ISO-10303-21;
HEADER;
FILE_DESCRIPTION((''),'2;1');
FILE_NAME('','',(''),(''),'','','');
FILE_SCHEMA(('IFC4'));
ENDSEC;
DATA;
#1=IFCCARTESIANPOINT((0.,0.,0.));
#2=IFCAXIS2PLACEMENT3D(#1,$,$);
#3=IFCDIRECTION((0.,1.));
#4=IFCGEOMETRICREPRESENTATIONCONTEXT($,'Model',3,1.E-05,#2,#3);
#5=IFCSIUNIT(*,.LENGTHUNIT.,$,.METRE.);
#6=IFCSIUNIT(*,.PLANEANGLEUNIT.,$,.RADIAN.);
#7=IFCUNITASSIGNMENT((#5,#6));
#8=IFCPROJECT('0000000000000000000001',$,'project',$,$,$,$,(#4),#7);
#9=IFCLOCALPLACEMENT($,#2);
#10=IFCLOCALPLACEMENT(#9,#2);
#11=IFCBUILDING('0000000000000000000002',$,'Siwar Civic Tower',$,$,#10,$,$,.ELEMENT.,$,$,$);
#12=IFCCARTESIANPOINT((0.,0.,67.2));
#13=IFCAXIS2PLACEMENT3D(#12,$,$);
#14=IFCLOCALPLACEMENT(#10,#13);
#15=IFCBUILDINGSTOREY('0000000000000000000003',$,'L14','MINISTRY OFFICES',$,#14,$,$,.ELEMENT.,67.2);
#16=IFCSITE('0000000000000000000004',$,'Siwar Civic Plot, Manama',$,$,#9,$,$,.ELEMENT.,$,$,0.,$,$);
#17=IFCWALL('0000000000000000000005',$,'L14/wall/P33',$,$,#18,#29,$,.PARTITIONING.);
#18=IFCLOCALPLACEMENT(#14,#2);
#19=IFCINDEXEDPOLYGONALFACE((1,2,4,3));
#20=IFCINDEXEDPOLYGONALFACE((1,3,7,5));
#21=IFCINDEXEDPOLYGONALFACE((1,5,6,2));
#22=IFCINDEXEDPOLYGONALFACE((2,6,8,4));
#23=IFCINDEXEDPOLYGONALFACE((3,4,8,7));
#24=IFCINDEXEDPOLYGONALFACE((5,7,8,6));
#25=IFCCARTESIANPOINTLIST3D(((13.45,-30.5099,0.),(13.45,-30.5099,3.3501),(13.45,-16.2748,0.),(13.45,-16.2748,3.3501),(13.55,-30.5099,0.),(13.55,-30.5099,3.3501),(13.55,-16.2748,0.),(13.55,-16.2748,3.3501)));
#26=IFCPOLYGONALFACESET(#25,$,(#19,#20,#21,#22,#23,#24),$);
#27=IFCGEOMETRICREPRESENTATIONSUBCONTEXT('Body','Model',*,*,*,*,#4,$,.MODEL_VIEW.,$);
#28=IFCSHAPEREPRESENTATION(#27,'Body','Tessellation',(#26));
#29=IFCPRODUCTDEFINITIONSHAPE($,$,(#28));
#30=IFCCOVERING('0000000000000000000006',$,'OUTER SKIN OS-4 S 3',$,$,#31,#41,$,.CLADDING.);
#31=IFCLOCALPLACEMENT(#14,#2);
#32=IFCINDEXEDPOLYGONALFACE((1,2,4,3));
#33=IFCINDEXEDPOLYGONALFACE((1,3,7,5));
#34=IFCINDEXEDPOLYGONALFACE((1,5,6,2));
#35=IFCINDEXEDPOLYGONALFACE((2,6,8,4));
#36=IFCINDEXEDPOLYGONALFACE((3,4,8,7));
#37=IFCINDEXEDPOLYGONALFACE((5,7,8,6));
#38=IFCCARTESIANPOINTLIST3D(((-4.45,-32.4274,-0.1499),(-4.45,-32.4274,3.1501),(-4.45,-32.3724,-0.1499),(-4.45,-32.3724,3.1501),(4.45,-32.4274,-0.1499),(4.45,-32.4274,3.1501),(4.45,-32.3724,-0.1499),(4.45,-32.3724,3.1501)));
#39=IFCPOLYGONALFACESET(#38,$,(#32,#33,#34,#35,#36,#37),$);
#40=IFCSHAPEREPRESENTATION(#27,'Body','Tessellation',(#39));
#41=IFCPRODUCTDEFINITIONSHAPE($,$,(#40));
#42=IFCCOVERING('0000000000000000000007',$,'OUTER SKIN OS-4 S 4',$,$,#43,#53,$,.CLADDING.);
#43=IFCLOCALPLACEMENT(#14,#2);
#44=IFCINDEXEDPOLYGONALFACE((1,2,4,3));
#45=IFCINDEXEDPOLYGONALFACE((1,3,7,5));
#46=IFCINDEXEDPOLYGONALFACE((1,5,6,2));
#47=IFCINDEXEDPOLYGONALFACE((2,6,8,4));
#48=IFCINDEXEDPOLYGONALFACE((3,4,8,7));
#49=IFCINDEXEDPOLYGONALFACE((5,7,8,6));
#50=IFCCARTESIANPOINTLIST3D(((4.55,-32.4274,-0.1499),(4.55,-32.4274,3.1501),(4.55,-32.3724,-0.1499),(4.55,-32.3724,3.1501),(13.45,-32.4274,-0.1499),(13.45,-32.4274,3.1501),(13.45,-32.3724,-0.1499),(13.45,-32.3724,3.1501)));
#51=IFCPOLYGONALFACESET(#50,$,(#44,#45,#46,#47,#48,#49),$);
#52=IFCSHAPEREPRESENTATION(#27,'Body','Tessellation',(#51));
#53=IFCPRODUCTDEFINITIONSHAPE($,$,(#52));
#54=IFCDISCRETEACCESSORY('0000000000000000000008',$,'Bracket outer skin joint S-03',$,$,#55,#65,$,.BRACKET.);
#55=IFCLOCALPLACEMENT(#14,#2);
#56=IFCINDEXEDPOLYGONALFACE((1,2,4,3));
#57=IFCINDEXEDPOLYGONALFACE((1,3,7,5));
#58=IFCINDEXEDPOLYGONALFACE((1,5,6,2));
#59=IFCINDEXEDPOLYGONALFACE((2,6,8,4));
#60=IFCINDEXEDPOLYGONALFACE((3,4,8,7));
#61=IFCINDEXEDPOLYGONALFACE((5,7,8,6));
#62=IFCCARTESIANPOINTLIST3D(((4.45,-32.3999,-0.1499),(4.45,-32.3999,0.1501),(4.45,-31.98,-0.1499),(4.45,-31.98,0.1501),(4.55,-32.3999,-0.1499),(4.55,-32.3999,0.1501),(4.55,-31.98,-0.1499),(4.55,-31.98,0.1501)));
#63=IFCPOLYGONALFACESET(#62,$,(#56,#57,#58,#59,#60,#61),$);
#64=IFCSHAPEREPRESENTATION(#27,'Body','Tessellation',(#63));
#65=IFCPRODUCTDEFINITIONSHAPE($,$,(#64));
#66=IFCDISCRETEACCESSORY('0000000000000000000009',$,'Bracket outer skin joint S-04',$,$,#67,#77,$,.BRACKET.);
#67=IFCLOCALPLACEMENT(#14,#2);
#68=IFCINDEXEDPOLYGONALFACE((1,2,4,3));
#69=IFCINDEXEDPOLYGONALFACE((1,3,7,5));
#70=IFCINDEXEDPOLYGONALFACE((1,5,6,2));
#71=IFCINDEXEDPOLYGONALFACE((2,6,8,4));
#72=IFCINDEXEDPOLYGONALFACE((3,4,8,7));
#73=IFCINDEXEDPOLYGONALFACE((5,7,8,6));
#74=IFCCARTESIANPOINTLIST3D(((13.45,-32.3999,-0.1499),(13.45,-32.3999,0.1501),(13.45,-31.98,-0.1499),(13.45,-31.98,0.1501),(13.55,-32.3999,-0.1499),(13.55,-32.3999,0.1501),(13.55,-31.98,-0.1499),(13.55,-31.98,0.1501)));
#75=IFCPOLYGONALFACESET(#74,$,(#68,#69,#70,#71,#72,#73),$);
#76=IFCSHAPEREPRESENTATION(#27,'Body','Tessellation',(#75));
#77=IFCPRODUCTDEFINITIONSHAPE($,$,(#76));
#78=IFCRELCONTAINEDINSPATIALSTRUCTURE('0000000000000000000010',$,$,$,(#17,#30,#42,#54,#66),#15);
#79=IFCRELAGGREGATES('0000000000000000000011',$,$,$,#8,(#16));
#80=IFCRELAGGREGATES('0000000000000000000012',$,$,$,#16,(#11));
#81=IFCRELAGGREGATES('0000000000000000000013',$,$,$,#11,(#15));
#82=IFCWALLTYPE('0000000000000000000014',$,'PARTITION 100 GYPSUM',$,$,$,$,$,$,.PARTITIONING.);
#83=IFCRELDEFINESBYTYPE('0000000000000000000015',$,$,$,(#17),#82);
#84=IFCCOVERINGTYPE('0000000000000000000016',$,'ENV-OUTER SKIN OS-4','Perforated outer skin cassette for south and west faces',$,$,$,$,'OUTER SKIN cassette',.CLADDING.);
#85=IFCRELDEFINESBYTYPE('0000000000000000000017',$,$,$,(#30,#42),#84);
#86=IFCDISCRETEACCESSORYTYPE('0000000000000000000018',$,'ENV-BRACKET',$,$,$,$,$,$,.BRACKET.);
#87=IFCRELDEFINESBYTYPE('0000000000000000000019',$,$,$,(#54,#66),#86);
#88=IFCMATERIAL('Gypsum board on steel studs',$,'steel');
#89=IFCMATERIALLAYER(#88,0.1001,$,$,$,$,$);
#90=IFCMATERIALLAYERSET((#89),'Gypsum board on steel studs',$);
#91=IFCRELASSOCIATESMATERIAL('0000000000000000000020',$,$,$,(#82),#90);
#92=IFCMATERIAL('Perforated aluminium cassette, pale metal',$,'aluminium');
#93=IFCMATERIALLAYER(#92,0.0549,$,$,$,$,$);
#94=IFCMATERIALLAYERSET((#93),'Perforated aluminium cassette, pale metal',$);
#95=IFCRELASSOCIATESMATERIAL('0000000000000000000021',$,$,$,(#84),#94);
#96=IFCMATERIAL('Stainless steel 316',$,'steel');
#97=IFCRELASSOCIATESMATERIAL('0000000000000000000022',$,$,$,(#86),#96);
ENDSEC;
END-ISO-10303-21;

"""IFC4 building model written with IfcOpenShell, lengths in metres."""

from ifc_helpers import new_model, si_unit, direction, frame, frame_2d, origin, origin_2d, place, context, subcontext, project, spatial, rectangle, extrude, material, layer, layer_set, type_object, element, save


model = new_model("IFC4")

# Units and contexts
model_context = context("Model", 3, precision=1e-05, world=origin(), true_north=direction((0.0, 1.0)))
body_context = subcontext(model_context, "Body", "Model", "MODEL_VIEW")
ifc_project = project(units=[si_unit("LENGTHUNIT", "METRE"), si_unit("PLANEANGLEUNIT", "RADIAN")], contexts=[model_context])

# Site, building, storey
site_placement = place(None, origin())
site = spatial("IfcSite", under=ifc_project, at=site_placement, Name="Siwar Civic Plot, Manama", CompositionType="ELEMENT", RefElevation=0.0)
building_placement = place(site_placement, origin())
building = spatial("IfcBuilding", under=site, at=building_placement, Name="Siwar Civic Tower", CompositionType="ELEMENT")
storey_placement = place(building_placement, frame((0.0, 0.0, 67.2)))
storey = spatial("IfcBuildingStorey", under=building, at=storey_placement, Name="L14", Description="MINISTRY OFFICES", CompositionType="ELEMENT", Elevation=67.2)

# Shared definitions
ifc_material_1 = material(Name="Gypsum board on steel studs", Category="steel")
ifc_layer_1 = layer(ifc_material_1, 0.1001)
ifc_layer_set_1 = layer_set([ifc_layer_1], Name="Gypsum board on steel studs")
wall_type = type_object("IfcWallType", Name="PARTITION 100 GYPSUM", PredefinedType="PARTITIONING", material=ifc_layer_set_1)

# Wall
for number, where, z_axis, x_axis, name in (
    (1, (13.5, -30.51, 0.0), (0.0, 0.0, 1.0), (0.0, 1.0, 0.0), "L14/wall/P33"),
):
    element("IfcWall", number, at=place(storey_placement, frame(where, z_axis=z_axis, x_axis=x_axis)), inside=storey, type_object=wall_type, Name=name, PredefinedType="PARTITIONING", context=body_context, shape_type="SweptSolid", body=[
        extrude(rectangle(XDim=14.2351, YDim=0.1001, at=frame_2d((7.1177, 0.0))), origin(), (0.0, 0.0, 1.0), 3.3501),
    ])

# Coverings
ifc_material_2 = material(Name="Perforated aluminium cassette, pale metal", Category="aluminium")
ifc_layer_2 = layer(ifc_material_2, 0.0549)
ifc_layer_set_2 = layer_set([ifc_layer_2], Name="Perforated aluminium cassette, pale metal")
covering_type = type_object("IfcCoveringType", Name="ENV-OUTER SKIN OS-4", Description="Perforated outer skin cassette for south and west faces", ElementType="OUTER SKIN cassette", PredefinedType="CLADDING", material=ifc_layer_set_2)
for number, where, z_axis, x_axis, name in (
    (2, (0.0, -32.3999, -0.1499), (0.0, 0.0, 1.0), (1.0, 0.0, 0.0), "OUTER SKIN OS-4 S 3"),
    (3, (9.0, -32.3999, -0.1499), (0.0, 0.0, 1.0), (1.0, 0.0, 0.0), "OUTER SKIN OS-4 S 4"),
):
    element("IfcCovering", number, at=place(storey_placement, frame(where, z_axis=z_axis, x_axis=x_axis)), inside=storey, type_object=covering_type, Name=name, PredefinedType="CLADDING", context=body_context, shape_type="SweptSolid", body=[
        extrude(rectangle(XDim=8.8999, YDim=0.0549, at=origin_2d()), origin(), (0.0, 0.0, 1.0), 3.3),
    ])

# Discrete accessories
ifc_material_3 = material(Name="Stainless steel 316", Category="steel")
discrete_accessory_type = type_object("IfcDiscreteAccessoryType", Name="ENV-BRACKET", PredefinedType="BRACKET", material=ifc_material_3)
for number, where, z_axis, x_axis, name in (
    (4, (4.5, -32.1899, -0.1499), (0.0, 0.0, 1.0), (0.0, -1.0, 0.0), "Bracket outer skin joint S-03"),
    (5, (13.5, -32.1899, -0.1499), (0.0, 0.0, 1.0), (0.0, -1.0, 0.0), "Bracket outer skin joint S-04"),
):
    element("IfcDiscreteAccessory", number, at=place(storey_placement, frame(where, z_axis=z_axis, x_axis=x_axis)), inside=storey, type_object=discrete_accessory_type, Name=name, PredefinedType="BRACKET", context=body_context, shape_type="SweptSolid", body=[
        extrude(rectangle(XDim=0.4199, YDim=0.1001, at=origin_2d()), origin(), (0.0, 0.0, 1.0), 0.3),
    ])

save(model, "model.ifc")
